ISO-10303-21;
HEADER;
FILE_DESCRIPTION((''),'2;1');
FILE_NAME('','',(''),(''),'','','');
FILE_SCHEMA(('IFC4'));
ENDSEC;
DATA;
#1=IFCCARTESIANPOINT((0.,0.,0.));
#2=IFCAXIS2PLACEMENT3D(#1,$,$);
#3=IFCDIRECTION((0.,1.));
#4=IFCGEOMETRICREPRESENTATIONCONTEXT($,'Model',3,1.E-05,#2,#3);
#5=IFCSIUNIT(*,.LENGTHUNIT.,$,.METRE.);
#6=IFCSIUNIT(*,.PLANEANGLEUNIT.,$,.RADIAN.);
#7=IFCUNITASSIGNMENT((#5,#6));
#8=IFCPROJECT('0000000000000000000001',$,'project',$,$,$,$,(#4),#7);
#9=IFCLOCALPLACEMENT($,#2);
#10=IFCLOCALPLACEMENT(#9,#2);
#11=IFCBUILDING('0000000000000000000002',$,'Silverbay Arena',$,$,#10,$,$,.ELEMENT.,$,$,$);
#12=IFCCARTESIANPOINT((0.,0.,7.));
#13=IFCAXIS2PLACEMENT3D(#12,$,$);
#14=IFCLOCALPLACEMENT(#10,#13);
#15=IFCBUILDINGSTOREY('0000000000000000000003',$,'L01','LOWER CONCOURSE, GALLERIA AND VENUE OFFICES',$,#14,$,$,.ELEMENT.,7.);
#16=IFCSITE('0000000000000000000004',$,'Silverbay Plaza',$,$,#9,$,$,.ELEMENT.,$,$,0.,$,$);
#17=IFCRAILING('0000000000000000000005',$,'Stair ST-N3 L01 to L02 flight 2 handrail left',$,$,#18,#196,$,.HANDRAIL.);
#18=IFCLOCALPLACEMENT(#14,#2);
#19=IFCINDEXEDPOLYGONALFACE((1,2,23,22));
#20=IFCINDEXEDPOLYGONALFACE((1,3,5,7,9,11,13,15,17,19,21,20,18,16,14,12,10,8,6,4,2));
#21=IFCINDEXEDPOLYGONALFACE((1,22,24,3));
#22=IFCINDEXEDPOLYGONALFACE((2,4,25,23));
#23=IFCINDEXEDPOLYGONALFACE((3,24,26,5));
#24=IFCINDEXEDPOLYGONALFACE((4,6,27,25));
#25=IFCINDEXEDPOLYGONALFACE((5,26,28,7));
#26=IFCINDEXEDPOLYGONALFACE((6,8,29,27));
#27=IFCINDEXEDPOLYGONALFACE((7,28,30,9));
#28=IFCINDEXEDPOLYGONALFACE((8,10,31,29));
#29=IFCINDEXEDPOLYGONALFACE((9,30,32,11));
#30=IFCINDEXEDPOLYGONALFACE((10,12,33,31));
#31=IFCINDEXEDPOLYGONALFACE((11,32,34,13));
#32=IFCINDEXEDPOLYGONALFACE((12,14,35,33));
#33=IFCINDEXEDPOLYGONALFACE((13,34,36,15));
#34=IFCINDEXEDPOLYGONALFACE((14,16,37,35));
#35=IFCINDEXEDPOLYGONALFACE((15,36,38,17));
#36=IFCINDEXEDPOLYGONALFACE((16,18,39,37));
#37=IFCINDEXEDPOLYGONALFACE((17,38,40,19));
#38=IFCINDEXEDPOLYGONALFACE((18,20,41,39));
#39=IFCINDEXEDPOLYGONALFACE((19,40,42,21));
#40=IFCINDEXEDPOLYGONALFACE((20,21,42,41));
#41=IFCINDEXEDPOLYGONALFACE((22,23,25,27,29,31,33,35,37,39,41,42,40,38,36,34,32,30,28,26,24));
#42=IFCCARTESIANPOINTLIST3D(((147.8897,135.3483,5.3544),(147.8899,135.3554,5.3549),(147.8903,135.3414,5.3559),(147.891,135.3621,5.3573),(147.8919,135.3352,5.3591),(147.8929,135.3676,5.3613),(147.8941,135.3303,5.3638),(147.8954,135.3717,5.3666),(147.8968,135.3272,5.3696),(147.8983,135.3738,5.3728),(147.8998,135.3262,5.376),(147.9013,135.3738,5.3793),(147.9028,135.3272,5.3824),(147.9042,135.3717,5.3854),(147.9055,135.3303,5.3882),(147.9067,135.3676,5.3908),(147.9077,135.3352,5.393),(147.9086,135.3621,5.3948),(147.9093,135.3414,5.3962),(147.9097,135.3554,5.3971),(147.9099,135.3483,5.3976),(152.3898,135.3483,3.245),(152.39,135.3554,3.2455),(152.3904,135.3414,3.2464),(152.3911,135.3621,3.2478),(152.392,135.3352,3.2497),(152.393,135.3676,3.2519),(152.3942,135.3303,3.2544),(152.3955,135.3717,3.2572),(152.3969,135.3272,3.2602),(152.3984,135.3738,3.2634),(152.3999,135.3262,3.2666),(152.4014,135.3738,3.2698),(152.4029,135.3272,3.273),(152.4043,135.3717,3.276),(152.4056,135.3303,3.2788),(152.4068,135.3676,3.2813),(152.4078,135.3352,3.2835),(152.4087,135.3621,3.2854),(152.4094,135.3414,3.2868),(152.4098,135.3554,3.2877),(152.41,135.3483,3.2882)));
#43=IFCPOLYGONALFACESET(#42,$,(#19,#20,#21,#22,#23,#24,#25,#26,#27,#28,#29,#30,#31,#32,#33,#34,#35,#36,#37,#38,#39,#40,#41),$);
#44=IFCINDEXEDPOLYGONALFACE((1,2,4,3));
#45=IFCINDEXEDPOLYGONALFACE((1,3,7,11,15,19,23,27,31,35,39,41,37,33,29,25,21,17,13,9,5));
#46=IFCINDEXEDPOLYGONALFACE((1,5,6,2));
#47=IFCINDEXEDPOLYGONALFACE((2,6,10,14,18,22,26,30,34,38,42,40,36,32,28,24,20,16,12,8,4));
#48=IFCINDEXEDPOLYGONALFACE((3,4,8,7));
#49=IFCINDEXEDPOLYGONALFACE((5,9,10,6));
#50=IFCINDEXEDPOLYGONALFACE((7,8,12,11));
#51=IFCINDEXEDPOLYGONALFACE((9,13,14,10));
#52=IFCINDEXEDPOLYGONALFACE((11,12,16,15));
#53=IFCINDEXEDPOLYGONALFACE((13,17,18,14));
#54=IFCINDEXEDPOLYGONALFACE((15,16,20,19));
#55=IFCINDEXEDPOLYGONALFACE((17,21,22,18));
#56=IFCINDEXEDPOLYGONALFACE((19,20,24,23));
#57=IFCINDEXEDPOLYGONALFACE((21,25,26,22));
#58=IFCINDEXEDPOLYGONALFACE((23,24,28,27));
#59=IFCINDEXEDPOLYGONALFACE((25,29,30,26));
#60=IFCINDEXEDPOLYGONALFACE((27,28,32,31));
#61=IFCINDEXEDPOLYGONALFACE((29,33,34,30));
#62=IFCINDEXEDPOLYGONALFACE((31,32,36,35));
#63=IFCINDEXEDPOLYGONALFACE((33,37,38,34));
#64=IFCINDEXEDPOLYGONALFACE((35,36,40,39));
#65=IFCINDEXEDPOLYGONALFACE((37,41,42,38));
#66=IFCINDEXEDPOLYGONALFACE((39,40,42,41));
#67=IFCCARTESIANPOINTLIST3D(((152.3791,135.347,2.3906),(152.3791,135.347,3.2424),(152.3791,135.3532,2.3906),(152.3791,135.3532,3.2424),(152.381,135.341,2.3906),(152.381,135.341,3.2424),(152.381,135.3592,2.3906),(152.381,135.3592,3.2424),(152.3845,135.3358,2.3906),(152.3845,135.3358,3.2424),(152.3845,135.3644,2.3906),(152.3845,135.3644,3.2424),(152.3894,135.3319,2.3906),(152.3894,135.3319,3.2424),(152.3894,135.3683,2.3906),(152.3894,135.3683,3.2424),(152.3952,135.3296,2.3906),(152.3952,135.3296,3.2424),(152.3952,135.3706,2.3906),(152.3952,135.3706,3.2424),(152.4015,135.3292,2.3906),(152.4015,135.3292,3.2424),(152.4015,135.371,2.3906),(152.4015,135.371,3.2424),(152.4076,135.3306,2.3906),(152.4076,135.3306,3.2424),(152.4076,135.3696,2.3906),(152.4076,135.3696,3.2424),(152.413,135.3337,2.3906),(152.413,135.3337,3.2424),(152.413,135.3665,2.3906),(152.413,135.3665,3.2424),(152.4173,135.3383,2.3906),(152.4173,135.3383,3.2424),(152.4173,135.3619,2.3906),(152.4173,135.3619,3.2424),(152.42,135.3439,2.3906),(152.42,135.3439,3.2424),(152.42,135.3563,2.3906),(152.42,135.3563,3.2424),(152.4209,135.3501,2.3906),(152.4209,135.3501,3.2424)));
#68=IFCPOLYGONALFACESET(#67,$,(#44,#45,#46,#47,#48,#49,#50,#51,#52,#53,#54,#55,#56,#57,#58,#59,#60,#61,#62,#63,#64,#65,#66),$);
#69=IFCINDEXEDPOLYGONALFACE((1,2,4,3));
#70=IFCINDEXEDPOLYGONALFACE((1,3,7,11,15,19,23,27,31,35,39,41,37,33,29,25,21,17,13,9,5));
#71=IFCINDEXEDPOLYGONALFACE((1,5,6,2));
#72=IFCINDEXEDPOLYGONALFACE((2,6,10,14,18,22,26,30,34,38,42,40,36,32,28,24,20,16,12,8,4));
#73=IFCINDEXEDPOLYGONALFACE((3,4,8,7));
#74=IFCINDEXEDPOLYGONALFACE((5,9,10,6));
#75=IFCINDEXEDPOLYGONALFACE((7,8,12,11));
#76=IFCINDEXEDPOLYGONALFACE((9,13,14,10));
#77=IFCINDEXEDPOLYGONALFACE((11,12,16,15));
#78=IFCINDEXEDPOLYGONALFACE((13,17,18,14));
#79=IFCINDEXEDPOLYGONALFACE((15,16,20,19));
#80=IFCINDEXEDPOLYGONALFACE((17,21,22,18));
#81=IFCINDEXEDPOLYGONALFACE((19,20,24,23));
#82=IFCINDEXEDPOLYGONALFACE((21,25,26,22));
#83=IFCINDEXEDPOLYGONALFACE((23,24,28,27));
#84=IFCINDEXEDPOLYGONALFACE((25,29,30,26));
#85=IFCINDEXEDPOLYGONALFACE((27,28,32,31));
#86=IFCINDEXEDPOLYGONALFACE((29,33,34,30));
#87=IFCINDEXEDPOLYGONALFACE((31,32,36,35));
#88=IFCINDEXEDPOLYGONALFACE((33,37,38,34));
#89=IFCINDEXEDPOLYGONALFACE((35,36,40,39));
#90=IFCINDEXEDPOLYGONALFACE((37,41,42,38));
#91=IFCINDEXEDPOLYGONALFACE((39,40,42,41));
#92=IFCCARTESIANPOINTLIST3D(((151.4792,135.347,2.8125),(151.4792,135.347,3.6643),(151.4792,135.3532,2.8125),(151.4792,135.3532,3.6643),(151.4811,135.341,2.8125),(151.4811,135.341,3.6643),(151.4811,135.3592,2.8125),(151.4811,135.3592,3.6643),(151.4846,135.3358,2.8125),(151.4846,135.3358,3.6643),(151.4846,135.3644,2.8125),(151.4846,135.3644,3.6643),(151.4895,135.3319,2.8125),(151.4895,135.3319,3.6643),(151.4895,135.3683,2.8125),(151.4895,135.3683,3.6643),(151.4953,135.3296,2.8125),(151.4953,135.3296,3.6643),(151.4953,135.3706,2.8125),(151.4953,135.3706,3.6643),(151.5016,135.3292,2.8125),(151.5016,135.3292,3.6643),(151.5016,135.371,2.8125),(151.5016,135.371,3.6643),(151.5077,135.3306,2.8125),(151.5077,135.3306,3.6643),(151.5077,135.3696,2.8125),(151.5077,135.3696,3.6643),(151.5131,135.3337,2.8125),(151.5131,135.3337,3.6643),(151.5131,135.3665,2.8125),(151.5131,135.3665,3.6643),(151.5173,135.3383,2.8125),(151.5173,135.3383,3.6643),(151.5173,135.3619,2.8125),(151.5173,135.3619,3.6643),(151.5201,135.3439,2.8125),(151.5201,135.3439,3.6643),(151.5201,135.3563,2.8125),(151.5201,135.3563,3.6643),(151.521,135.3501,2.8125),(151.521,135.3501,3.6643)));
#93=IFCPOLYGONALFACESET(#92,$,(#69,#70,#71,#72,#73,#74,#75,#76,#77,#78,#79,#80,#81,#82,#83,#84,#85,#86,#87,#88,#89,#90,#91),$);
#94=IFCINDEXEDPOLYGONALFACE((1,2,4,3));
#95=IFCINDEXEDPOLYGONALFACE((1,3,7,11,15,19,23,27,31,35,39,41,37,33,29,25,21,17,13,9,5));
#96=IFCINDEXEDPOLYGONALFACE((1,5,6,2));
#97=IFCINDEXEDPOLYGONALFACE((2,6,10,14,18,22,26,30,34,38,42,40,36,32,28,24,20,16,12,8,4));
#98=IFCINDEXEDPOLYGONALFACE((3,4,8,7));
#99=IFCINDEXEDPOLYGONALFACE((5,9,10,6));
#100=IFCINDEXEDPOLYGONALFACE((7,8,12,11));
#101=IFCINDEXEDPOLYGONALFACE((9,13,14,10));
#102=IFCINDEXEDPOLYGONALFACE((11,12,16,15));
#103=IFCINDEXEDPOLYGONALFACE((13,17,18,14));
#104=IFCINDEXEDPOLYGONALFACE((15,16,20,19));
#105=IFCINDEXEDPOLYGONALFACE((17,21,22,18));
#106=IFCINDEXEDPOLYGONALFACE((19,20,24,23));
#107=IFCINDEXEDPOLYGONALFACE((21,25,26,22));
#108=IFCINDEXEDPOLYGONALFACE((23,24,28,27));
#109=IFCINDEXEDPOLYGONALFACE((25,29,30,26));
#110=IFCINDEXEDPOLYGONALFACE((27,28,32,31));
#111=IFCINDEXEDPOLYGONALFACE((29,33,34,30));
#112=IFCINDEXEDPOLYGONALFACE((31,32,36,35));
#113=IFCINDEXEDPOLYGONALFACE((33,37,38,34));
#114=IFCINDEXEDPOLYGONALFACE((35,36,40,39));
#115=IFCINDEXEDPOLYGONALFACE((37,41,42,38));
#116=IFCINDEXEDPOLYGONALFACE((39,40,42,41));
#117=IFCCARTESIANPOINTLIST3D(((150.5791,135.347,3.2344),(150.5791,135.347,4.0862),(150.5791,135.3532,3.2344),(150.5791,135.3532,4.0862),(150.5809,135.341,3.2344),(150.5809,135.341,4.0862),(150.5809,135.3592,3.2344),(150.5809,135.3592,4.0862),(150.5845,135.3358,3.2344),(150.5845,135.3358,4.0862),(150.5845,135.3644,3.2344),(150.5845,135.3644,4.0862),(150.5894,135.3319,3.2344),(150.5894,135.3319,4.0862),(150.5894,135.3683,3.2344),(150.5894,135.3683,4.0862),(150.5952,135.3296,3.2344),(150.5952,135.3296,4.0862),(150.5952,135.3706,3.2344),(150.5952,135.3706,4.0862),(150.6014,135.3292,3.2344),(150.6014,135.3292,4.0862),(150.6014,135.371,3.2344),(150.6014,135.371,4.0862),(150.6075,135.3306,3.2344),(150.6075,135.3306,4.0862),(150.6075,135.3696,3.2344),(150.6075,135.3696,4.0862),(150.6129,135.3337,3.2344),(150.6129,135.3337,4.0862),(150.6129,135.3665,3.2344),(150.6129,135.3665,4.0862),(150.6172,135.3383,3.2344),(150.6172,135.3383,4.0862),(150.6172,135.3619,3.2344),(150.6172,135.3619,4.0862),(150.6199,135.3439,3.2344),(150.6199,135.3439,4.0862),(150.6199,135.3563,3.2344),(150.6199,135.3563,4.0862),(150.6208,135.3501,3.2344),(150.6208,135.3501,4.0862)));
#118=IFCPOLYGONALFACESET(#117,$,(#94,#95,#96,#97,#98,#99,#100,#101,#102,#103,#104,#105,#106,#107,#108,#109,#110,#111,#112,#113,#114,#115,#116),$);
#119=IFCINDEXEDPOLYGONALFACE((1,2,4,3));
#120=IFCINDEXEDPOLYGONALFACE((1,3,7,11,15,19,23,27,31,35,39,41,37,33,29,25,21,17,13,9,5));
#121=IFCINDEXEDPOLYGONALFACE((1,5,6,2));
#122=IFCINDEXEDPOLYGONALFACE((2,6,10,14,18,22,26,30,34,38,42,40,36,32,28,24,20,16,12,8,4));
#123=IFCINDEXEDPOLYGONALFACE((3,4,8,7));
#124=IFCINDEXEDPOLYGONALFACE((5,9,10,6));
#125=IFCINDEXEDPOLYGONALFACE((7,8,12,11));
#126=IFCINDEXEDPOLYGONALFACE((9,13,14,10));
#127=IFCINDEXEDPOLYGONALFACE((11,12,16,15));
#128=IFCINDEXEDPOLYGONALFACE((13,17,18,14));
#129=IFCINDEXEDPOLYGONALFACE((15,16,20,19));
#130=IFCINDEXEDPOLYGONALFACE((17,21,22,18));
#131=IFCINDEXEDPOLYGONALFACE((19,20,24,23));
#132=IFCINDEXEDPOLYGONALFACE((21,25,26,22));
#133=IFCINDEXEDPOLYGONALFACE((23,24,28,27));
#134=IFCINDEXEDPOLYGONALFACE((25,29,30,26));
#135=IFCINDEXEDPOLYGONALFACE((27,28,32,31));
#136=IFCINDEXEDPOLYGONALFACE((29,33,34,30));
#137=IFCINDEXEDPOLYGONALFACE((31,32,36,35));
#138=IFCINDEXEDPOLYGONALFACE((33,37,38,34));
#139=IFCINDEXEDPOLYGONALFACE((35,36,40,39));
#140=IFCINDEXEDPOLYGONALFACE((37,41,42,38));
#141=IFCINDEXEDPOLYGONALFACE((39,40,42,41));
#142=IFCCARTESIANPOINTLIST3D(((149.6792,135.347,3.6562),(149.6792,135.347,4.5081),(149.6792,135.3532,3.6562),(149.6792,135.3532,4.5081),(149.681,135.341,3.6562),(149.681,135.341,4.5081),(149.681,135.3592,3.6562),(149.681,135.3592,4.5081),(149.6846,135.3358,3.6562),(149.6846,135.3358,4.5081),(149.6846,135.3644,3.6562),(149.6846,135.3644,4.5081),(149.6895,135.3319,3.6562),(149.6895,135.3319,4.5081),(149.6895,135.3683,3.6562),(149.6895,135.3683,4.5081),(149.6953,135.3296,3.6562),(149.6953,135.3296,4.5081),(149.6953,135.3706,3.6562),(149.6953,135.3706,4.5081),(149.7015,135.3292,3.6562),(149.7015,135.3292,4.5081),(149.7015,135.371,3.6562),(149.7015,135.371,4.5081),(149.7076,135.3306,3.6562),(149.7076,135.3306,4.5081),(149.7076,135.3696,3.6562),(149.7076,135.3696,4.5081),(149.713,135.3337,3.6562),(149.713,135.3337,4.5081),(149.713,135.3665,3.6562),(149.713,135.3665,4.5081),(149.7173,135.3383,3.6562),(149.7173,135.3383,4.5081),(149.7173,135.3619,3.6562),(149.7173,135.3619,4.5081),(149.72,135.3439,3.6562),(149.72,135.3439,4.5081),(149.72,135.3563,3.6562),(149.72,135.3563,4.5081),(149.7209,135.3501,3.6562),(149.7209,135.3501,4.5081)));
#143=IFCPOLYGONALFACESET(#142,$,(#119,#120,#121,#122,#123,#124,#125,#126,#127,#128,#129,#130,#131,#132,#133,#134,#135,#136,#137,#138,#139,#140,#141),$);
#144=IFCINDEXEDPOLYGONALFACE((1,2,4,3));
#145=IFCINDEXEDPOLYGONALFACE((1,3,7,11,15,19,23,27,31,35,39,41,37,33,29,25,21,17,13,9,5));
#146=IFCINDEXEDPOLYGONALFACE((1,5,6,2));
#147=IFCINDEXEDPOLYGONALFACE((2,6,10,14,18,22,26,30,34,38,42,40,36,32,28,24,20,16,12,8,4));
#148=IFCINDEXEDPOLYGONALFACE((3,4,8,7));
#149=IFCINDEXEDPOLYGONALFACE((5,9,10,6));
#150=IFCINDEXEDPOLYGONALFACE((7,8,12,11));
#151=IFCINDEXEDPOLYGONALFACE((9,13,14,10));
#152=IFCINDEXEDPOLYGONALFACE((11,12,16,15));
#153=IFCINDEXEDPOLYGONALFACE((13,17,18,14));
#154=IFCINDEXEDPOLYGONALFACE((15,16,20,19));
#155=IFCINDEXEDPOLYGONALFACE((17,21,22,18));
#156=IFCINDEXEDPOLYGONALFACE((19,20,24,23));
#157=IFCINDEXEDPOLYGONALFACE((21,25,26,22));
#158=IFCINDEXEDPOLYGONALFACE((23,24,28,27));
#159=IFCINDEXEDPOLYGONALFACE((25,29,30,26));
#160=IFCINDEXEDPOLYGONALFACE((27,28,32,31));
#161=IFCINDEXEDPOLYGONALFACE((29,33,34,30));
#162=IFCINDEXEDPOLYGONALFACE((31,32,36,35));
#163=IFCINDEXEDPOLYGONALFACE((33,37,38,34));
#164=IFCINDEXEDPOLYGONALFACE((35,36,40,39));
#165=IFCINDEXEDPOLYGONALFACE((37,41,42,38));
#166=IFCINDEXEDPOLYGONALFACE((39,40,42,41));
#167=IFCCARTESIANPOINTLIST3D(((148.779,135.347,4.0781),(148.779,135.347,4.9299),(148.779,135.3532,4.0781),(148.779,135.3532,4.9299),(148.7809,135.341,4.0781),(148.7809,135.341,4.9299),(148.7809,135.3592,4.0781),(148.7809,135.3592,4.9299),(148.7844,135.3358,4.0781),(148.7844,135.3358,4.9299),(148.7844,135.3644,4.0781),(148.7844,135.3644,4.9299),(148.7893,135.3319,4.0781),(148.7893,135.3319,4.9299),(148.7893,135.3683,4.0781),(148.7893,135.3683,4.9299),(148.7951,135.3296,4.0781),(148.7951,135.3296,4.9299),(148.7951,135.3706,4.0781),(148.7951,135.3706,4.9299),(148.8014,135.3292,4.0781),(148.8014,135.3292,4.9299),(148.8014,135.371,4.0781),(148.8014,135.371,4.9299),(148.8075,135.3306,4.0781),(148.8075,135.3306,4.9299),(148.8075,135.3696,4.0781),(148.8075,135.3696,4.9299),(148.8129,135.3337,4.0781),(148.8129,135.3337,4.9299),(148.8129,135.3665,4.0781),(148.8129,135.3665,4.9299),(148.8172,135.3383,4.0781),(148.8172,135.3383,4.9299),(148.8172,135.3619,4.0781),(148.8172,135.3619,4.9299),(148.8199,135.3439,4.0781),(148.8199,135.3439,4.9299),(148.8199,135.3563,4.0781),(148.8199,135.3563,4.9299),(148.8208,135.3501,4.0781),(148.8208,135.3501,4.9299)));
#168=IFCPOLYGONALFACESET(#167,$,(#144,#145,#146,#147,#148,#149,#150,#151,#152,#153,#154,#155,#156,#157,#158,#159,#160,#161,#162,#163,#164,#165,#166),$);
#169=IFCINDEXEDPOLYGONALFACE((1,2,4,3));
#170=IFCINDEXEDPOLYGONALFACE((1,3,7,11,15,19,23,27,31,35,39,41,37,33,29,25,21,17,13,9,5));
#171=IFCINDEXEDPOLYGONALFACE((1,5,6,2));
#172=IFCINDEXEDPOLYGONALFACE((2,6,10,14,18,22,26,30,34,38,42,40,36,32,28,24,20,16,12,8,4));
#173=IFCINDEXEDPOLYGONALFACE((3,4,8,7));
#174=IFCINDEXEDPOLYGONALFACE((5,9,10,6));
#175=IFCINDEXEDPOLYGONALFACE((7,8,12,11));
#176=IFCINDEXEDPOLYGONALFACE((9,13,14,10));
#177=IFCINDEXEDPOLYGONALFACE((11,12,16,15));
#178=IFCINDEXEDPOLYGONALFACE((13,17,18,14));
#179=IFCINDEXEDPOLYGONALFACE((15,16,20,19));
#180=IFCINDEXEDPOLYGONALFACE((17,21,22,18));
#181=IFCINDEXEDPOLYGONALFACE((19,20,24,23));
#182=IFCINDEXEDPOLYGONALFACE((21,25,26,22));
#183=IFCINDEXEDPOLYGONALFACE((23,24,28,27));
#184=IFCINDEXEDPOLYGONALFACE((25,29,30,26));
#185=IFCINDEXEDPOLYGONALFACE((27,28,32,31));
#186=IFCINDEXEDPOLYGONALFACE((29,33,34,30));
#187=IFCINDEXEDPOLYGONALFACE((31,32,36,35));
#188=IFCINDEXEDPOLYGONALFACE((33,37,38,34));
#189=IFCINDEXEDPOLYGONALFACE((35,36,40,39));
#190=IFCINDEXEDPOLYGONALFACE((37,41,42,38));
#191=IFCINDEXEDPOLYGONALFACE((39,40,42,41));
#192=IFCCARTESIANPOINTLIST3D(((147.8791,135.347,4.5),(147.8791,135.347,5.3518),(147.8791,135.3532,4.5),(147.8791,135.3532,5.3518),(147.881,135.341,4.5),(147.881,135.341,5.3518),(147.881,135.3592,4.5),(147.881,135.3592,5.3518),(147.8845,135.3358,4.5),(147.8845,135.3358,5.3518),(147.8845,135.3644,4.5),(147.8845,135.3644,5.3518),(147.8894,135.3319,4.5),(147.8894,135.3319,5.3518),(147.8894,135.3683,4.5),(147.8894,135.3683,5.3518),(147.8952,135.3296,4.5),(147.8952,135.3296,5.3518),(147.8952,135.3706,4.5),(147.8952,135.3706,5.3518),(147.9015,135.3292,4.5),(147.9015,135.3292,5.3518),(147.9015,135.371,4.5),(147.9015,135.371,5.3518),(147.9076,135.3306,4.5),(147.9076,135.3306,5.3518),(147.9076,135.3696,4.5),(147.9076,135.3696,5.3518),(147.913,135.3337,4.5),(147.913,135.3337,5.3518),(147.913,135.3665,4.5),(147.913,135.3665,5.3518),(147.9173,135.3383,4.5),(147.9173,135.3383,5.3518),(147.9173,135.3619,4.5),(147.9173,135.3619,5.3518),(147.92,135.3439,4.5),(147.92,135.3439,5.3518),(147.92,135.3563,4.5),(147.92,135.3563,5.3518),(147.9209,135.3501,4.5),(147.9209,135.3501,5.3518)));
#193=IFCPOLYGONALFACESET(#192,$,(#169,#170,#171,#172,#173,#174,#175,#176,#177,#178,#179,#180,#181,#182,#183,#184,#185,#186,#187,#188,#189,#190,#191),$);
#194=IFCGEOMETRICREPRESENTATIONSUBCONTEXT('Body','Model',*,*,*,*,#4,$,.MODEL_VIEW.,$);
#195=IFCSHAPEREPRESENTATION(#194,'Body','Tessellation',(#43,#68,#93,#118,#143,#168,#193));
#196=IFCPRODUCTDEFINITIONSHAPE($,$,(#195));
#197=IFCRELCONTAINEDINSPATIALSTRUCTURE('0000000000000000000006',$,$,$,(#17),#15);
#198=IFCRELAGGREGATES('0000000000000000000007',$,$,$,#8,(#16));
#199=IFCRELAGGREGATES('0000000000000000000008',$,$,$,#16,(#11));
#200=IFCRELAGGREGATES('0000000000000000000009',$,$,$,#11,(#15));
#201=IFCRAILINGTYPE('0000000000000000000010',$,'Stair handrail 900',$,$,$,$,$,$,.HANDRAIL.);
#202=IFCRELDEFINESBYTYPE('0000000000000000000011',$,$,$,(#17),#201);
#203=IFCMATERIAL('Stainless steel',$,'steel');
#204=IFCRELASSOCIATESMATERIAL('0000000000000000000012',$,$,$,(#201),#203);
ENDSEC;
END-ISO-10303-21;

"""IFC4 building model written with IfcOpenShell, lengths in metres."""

from ifc_helpers import new_model, si_unit, direction, frame, origin, origin_2d, place, context, subcontext, project, spatial, circle, extrude, material, type_object, element, save


model = new_model("IFC4")

# Units and contexts
model_context = context("Model", 3, precision=1e-05, world=origin(), true_north=direction((0.0, 1.0)))
body_context = subcontext(model_context, "Body", "Model", "MODEL_VIEW")
ifc_project = project(units=[si_unit("LENGTHUNIT", "METRE"), si_unit("PLANEANGLEUNIT", "RADIAN")], contexts=[model_context])

# Site, building, storey
site_placement = place(None, origin())
site = spatial("IfcSite", under=ifc_project, at=site_placement, Name="Silverbay Plaza", CompositionType="ELEMENT", RefElevation=0.0)
building_placement = place(site_placement, origin())
building = spatial("IfcBuilding", under=site, at=building_placement, Name="Silverbay Arena", CompositionType="ELEMENT")
storey_placement = place(building_placement, frame((0.0, 0.0, 7.0)))
storey = spatial("IfcBuildingStorey", under=building, at=storey_placement, Name="L01", Description="LOWER CONCOURSE, GALLERIA AND VENUE OFFICES", CompositionType="ELEMENT", Elevation=7.0)

# Railing
ifc_material_1 = material(Name="Stainless steel", Category="steel")
railing_type_1 = type_object("IfcRailingType", Name="Stair handrail 900", PredefinedType="HANDRAIL", material=ifc_material_1)
for number, where, name in (
    (1, (152.3999, 135.3501, 2.3906), "Stair ST-N3 L01 to L02 flight 2 handrail left"),
):
    element("IfcRailing", number, at=place(storey_placement, frame(where)), inside=storey, type_object=railing_type_1, Name=name, PredefinedType="HANDRAIL", context=body_context, shape_type="SweptSolid", body=[
        extrude(circle(Radius=0.0239, at=origin_2d()), frame((0.0, 0.0, 0.876), z_axis=(-0.905459, 0.0, 0.424434), x_axis=(0.0, -1.0, 0.0)), (0.0, 0.0, 1.0), 4.97),
        extrude(circle(Radius=0.021, at=origin_2d()), origin(), (0.0, 0.0, 1.0), 0.8518),
        extrude(circle(Radius=0.021, at=origin_2d()), frame((-0.8999, 0.0, 0.4219)), (0.0, 0.0, 1.0), 0.8518),
        extrude(circle(Radius=0.021, at=origin_2d()), frame((-1.8, 0.0, 0.8438)), (0.0, 0.0, 1.0), 0.8518),
        extrude(circle(Radius=0.021, at=origin_2d()), frame((-2.7, 0.0, 1.2656)), (0.0, 0.0, 1.0), 0.8518),
        extrude(circle(Radius=0.021, at=origin_2d()), frame((-3.6001, 0.0, 1.6875)), (0.0, 0.0, 1.0), 0.8518),
        extrude(circle(Radius=0.021, at=origin_2d()), frame((-4.5, 0.0, 2.1094)), (0.0, 0.0, 1.0), 0.8518),
    ])

save(model, "model.ifc")
